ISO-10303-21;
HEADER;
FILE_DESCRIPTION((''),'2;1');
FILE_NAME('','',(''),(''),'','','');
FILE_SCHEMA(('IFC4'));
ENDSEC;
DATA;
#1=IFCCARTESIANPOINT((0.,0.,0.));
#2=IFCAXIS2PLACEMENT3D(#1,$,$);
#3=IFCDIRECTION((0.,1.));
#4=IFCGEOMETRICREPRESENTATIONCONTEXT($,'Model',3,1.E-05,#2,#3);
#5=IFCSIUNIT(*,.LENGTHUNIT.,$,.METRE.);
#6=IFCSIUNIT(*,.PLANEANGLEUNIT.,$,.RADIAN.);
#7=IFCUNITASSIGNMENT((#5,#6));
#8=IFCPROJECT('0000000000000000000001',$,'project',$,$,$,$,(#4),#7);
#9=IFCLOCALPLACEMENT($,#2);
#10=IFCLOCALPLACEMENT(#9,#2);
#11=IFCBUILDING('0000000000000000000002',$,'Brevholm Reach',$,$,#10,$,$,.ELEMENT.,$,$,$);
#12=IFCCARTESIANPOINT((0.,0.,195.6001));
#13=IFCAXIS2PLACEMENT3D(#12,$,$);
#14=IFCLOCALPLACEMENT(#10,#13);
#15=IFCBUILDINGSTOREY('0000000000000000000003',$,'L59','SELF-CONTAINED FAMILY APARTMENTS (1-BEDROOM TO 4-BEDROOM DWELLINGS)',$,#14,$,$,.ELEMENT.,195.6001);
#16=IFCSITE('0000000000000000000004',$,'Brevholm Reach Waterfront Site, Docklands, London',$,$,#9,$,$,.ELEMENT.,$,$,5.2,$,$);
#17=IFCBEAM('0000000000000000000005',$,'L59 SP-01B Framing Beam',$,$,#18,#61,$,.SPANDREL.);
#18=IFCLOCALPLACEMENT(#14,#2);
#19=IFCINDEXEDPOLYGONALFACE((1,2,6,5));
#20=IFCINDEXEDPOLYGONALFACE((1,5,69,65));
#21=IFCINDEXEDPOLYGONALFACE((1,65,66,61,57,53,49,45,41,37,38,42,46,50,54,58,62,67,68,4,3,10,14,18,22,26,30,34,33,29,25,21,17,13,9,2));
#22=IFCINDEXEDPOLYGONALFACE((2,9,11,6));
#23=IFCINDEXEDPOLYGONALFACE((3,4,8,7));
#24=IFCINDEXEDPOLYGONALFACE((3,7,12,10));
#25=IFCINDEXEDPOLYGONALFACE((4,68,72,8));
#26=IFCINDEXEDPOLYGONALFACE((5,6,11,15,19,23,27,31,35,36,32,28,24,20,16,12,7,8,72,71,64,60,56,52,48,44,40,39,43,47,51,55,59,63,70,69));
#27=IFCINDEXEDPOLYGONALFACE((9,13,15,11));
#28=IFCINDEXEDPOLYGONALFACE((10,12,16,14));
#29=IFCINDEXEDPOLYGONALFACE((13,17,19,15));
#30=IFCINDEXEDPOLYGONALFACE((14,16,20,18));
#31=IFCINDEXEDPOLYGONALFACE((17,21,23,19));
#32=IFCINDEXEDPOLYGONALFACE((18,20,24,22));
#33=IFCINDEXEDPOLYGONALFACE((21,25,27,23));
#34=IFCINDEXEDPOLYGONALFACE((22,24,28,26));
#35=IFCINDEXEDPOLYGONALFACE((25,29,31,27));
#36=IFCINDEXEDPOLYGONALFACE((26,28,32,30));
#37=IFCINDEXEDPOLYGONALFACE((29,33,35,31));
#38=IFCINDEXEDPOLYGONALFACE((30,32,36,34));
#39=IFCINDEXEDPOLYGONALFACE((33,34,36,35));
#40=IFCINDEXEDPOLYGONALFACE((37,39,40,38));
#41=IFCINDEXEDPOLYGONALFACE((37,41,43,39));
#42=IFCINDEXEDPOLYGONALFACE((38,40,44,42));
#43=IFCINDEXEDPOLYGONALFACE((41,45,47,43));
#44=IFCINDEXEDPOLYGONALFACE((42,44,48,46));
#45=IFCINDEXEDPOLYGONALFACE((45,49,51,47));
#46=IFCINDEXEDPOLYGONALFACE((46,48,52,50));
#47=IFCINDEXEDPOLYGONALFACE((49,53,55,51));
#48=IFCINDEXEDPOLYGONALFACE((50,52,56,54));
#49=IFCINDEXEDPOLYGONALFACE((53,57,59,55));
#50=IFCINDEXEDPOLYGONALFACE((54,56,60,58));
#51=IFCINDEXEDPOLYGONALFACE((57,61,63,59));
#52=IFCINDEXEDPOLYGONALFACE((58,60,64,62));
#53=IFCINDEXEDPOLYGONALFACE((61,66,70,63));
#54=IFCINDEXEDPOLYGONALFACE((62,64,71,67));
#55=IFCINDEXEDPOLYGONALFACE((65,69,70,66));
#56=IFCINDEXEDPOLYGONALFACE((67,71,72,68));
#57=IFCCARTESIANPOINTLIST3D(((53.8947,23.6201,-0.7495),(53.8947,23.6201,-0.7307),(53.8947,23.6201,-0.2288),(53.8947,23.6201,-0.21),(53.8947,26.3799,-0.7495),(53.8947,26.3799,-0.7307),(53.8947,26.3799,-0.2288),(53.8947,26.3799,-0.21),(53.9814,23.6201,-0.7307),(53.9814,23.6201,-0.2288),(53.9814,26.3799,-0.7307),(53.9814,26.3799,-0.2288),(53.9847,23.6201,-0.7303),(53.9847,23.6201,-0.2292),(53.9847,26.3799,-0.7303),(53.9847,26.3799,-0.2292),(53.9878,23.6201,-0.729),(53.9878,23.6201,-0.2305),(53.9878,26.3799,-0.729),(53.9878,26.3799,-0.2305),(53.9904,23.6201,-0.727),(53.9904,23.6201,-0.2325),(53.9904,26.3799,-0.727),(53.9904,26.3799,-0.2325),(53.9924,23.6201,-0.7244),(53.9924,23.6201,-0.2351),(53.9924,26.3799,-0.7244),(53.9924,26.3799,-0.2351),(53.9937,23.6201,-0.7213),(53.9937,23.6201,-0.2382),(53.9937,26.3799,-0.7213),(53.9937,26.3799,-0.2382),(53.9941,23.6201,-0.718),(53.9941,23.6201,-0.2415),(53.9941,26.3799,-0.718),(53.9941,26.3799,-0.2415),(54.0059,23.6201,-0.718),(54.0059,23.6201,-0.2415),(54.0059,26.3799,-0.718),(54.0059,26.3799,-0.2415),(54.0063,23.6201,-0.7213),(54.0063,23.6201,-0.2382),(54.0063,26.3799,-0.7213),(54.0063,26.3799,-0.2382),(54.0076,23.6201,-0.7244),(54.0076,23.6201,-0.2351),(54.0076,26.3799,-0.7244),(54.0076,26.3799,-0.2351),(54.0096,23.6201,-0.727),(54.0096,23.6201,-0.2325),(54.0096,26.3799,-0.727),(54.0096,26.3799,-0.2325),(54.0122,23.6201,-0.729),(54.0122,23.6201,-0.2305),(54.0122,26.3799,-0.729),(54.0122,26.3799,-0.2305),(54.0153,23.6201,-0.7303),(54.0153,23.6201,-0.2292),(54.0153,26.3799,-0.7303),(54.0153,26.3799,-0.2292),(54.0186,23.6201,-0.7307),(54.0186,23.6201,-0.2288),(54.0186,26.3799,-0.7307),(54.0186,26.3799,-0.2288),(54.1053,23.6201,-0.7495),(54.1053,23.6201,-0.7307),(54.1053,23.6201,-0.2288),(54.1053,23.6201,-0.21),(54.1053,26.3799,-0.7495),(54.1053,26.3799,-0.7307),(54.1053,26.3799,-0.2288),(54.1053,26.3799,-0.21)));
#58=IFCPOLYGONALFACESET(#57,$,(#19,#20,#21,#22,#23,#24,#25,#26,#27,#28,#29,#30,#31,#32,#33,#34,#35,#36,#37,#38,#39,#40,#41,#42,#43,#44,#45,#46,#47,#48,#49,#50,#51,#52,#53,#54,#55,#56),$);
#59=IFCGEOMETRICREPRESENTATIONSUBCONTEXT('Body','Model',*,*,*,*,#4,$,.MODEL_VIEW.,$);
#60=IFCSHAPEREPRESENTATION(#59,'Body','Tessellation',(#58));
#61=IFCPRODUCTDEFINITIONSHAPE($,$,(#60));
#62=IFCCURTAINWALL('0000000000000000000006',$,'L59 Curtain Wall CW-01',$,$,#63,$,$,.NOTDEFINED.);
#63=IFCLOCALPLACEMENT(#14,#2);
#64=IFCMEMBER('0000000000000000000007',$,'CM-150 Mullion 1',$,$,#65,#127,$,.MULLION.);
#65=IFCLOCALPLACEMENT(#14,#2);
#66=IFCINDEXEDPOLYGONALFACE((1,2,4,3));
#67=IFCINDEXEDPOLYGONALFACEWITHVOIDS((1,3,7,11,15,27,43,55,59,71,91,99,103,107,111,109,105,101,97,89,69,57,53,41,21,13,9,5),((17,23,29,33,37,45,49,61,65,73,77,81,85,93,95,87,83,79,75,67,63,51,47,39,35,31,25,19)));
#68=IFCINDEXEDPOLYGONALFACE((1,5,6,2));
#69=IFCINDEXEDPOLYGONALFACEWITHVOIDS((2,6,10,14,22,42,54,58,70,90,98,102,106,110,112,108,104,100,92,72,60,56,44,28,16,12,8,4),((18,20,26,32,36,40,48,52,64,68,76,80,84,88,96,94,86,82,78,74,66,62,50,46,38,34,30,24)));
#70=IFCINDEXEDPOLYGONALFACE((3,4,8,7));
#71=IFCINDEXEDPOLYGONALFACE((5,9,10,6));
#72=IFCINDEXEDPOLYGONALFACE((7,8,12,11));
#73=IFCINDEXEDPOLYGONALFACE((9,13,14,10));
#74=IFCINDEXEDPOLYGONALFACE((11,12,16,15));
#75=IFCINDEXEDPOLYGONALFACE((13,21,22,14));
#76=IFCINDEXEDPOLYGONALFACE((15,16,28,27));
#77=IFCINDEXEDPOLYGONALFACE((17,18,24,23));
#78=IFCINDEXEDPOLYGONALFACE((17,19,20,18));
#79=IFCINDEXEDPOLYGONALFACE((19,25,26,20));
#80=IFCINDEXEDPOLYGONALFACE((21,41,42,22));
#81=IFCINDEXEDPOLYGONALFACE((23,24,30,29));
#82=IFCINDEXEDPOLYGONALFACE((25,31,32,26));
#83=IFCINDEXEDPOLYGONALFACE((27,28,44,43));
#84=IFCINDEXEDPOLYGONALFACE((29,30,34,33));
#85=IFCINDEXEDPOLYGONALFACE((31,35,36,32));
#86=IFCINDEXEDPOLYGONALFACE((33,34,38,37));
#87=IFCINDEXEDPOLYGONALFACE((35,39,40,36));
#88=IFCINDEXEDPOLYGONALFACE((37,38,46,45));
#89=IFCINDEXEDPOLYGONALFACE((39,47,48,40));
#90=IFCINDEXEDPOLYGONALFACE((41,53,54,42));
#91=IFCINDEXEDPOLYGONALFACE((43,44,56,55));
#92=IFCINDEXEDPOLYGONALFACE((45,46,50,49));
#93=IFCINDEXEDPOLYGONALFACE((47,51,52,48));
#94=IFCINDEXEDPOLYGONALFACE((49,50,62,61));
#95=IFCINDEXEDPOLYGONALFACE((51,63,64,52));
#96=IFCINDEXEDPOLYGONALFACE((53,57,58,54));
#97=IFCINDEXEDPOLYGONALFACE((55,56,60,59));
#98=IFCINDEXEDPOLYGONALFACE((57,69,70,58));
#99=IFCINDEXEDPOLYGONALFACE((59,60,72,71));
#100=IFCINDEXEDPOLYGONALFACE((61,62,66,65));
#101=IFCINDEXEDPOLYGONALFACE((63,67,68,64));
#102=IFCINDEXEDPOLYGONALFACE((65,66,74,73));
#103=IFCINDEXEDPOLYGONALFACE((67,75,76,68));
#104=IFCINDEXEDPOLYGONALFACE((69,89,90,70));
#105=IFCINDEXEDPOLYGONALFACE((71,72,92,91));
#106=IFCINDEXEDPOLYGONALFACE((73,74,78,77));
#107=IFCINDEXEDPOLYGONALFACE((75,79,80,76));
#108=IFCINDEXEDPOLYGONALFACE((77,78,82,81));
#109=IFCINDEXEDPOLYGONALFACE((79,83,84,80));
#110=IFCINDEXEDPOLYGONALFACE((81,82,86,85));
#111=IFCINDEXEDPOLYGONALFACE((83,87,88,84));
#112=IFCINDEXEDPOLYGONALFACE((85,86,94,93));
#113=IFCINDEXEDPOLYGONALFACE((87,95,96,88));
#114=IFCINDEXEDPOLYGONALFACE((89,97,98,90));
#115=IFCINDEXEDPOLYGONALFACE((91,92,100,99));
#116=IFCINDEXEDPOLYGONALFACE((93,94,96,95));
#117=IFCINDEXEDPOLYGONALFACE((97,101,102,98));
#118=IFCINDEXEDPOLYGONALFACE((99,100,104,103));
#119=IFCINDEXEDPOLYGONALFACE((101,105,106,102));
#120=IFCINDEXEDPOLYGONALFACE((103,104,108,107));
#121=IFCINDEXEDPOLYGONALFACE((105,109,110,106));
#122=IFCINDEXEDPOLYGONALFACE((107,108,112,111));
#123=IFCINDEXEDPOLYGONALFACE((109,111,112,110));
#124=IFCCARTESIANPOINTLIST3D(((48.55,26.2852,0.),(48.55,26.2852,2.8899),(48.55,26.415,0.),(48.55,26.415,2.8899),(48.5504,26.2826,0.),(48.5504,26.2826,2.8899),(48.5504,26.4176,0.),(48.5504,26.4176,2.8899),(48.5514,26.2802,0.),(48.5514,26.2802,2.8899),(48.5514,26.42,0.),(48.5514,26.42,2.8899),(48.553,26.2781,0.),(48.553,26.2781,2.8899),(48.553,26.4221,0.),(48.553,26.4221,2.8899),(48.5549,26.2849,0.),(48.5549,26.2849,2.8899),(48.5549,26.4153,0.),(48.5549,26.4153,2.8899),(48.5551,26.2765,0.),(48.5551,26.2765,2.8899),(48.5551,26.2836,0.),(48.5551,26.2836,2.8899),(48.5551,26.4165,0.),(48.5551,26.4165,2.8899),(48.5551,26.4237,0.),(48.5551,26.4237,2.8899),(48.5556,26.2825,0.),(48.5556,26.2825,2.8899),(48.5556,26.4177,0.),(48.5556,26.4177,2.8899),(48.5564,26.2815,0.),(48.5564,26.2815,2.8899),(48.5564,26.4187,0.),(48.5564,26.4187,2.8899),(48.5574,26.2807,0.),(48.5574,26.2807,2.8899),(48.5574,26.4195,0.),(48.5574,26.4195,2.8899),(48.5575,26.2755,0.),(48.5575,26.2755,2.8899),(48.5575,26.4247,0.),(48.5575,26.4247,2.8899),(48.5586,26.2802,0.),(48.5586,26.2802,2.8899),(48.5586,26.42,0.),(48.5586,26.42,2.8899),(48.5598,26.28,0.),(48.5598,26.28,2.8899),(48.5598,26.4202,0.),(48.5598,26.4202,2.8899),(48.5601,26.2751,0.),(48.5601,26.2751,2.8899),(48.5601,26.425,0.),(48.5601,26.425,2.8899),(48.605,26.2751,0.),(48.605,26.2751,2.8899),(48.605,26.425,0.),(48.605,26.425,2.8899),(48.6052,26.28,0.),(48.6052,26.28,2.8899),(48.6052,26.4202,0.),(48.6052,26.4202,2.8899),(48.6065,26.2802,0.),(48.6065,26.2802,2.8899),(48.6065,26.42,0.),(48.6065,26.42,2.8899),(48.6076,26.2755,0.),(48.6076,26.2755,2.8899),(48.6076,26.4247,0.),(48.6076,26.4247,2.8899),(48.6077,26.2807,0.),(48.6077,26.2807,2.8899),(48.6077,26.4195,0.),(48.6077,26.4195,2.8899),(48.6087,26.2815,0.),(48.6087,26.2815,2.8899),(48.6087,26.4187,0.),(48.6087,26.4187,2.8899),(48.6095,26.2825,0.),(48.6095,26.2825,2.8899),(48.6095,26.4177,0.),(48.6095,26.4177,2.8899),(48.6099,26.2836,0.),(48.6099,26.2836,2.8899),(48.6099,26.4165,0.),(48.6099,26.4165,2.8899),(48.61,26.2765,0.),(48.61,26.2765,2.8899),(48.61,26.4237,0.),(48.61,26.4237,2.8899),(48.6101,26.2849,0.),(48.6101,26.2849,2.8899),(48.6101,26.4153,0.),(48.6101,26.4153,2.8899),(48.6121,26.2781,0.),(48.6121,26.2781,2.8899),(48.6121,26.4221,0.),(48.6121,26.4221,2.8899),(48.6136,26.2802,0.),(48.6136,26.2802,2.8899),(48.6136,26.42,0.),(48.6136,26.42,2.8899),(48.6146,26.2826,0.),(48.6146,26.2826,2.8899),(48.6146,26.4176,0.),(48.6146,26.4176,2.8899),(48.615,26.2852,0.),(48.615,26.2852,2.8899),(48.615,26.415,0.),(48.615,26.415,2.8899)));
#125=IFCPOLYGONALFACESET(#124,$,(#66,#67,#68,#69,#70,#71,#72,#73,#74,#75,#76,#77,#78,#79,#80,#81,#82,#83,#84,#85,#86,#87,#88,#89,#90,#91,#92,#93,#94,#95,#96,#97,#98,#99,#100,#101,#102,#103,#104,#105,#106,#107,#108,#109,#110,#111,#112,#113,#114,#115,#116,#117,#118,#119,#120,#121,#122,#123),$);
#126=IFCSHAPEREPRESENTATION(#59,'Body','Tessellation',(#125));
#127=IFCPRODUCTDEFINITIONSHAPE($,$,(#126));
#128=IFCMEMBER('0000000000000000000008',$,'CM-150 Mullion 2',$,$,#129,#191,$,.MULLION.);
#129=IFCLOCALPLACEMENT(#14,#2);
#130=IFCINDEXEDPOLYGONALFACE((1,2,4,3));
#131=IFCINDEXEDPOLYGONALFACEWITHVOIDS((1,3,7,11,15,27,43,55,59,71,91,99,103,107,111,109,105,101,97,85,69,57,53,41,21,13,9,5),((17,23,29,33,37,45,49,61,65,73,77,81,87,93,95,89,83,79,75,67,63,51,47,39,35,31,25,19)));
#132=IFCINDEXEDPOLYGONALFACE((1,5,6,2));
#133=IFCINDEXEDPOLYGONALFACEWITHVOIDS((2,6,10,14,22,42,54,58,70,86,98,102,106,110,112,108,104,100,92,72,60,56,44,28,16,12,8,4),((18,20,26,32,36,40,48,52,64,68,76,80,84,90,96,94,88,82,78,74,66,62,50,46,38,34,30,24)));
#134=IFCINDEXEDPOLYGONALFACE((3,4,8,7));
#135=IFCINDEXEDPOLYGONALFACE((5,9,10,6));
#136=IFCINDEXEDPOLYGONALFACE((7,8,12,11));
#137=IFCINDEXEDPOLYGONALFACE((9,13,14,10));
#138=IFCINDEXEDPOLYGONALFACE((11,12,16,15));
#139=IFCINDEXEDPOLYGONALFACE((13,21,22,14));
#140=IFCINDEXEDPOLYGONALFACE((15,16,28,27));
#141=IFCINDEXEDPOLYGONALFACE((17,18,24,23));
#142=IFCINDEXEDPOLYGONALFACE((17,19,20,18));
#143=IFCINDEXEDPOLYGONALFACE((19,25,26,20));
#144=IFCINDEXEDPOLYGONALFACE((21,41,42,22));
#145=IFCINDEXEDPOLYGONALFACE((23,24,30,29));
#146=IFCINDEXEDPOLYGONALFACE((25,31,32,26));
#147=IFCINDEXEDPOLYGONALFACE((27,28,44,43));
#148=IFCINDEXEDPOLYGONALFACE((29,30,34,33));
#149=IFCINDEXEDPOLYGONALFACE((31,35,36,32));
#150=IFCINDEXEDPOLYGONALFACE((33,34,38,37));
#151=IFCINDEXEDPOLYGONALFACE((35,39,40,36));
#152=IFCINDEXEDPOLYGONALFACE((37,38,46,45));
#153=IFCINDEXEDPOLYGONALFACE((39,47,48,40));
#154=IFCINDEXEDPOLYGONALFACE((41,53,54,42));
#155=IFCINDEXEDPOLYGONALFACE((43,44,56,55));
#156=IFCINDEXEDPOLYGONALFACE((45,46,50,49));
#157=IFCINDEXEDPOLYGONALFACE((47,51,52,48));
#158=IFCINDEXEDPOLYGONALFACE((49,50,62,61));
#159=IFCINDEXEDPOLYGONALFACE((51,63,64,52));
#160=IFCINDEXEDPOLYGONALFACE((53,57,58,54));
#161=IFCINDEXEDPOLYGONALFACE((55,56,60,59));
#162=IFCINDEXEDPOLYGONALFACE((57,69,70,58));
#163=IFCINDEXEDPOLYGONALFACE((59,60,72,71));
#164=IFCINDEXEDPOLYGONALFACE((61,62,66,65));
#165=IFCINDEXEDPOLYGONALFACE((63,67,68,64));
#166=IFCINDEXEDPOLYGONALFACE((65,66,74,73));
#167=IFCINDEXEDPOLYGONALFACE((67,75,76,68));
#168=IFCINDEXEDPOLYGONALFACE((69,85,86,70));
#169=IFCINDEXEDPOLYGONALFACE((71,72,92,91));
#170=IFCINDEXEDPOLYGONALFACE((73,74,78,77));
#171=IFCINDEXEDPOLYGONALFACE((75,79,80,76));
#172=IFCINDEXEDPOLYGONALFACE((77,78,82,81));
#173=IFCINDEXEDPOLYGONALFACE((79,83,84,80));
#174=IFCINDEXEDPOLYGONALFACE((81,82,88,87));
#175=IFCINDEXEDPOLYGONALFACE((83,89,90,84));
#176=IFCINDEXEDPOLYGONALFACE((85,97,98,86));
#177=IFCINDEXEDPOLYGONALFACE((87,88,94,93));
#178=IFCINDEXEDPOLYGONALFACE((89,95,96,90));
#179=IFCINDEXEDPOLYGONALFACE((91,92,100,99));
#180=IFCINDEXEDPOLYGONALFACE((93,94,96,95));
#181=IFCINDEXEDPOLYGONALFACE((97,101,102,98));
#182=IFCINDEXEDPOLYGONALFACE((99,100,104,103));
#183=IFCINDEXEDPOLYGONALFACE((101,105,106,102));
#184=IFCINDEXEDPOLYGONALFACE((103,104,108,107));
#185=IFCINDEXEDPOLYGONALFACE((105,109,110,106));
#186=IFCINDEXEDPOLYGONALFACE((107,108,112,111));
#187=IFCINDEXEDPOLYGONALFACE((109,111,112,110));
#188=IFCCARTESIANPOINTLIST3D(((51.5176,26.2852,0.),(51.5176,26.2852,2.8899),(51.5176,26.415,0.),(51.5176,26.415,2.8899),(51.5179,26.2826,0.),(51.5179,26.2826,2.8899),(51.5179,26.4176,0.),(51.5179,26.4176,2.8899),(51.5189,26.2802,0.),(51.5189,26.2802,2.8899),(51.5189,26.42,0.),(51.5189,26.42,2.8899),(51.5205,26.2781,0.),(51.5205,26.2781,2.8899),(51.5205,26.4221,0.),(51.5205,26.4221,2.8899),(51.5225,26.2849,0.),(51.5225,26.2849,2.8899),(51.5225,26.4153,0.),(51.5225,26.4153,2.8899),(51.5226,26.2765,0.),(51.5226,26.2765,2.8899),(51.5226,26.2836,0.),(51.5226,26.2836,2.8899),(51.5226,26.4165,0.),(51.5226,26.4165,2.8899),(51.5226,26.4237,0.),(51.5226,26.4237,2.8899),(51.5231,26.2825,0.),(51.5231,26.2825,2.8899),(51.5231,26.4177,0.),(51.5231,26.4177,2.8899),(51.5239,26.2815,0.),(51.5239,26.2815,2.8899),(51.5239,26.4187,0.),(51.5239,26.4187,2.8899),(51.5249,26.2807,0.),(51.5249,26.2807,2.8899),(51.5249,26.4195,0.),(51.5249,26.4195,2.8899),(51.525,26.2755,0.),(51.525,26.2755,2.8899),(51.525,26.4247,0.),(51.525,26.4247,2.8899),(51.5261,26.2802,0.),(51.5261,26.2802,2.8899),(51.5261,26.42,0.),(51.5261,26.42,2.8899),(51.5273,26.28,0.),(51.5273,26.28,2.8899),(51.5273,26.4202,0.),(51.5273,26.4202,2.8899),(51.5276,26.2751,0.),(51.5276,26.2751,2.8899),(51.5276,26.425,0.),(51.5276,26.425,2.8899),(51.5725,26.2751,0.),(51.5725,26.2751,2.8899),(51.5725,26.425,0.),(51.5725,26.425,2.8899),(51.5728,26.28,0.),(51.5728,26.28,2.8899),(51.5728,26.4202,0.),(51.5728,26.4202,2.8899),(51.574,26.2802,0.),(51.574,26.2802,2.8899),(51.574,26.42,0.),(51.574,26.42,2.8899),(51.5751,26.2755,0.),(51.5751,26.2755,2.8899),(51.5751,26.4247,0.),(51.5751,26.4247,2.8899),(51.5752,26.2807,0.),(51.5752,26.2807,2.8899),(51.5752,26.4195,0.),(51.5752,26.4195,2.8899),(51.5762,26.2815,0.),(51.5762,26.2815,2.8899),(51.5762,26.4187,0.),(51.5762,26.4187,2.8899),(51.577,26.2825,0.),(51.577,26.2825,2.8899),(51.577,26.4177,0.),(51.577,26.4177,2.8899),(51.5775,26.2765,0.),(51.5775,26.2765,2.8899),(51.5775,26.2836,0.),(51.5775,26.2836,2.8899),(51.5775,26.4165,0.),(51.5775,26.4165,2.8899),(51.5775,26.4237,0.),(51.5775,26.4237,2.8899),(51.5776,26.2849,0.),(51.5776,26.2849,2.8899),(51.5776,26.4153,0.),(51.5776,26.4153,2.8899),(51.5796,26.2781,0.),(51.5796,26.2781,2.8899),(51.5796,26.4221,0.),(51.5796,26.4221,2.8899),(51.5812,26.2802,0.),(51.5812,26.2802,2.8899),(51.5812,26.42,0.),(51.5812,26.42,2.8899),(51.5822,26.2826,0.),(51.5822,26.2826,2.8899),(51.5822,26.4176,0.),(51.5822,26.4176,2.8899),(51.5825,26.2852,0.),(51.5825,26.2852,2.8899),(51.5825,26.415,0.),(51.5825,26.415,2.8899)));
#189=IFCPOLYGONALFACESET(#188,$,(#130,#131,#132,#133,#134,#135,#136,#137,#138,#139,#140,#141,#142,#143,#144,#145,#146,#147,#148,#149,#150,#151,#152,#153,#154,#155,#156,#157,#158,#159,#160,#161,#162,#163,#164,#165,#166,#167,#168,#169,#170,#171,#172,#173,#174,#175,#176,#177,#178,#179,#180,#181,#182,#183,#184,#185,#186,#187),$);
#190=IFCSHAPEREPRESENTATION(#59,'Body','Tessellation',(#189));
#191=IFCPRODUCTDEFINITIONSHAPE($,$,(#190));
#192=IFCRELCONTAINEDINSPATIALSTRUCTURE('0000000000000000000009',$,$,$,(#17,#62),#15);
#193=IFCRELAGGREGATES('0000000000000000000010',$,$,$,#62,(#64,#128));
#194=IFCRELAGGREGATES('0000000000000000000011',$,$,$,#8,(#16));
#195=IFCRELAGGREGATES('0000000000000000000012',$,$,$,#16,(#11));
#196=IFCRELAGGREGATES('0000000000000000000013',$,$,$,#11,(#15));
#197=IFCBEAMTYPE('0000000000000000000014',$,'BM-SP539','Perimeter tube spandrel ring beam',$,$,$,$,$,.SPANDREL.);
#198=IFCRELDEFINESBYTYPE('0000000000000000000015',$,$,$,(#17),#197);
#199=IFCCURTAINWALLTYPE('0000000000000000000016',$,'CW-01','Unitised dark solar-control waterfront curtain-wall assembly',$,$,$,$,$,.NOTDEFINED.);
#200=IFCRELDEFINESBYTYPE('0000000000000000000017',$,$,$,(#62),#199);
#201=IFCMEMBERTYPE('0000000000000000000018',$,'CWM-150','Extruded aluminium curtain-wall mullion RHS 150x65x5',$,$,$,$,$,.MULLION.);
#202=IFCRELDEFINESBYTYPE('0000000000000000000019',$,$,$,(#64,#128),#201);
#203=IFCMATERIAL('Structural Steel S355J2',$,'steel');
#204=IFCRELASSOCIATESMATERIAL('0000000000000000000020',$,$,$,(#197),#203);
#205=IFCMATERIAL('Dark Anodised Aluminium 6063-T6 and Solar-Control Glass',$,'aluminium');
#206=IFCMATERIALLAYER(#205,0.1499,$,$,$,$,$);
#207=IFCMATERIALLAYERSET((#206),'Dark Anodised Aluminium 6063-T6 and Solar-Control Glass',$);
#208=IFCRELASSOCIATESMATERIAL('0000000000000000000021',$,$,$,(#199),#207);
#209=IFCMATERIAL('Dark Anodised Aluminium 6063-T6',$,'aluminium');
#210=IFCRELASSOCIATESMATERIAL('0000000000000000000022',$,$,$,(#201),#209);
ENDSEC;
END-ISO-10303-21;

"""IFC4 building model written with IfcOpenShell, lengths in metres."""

from ifc_helpers import new_model, si_unit, direction, frame, origin, origin_2d, place, context, subcontext, project, spatial, hollow_rectangle, i_section, extrude, material, layer, layer_set, material_profile, profile_set, type_object, element, aggregate, save


model = new_model("IFC4")

# Units and contexts
model_context = context("Model", 3, precision=1e-05, world=origin(), true_north=direction((0.0, 1.0)))
body_context = subcontext(model_context, "Body", "Model", "MODEL_VIEW")
ifc_project = project(units=[si_unit("LENGTHUNIT", "METRE"), si_unit("PLANEANGLEUNIT", "RADIAN")], contexts=[model_context])

# Site, building, storey
site_placement = place(None, origin())
site = spatial("IfcSite", under=ifc_project, at=site_placement, Name="Brevholm Reach Waterfront Site, Docklands, London", CompositionType="ELEMENT", RefElevation=5.2)
building_placement = place(site_placement, origin())
building = spatial("IfcBuilding", under=site, at=building_placement, Name="Brevholm Reach", CompositionType="ELEMENT")
storey_placement = place(building_placement, frame((0.0, 0.0, 195.6001)))
storey = spatial("IfcBuildingStorey", under=building, at=storey_placement, Name="L59", Description="SELF-CONTAINED FAMILY APARTMENTS (1-BEDROOM TO 4-BEDROOM DWELLINGS)", CompositionType="ELEMENT", Elevation=195.6001)

# Beam
ifc_material_1 = material(Name="Structural Steel S355J2", Category="steel")
ifc_material_profile_1 = material_profile(ifc_material_1, i_section(OverallWidth=0.2107, OverallDepth=0.5396, WebThickness=0.0117, FlangeThickness=0.0188, FilletRadius=0.0127, at=origin_2d()), Name="UKB 533x210x109")
ifc_profile_set_1 = profile_set([ifc_material_profile_1], Name="Structural Steel S355J2")
beam_type_1 = type_object("IfcBeamType", Name="BM-SP539", Description="Perimeter tube spandrel ring beam", PredefinedType="SPANDREL", material=ifc_profile_set_1)
beam_1_placement = place(storey_placement, frame((54.0, 23.6201, -0.4797), z_axis=(0.0, 1.0, 0.0), x_axis=(-1.0, 0.0, 0.0)))
element("IfcBeam", 1, at=beam_1_placement, inside=storey, type_object=beam_type_1, Name="L59 SP-01B Framing Beam", PredefinedType="SPANDREL", context=body_context, shape_type="SweptSolid", body=[
    extrude(i_section(OverallWidth=0.2107, OverallDepth=0.5396, WebThickness=0.0117, FlangeThickness=0.0188, FilletRadius=0.0127, at=origin_2d()), origin(), (0.0, 0.0, 1.0), 2.7598),
])

# Curtain wall, members
ifc_material_2 = material(Name="Dark Anodised Aluminium 6063-T6 and Solar-Control Glass", Category="aluminium")
ifc_layer_1 = layer(ifc_material_2, 0.1499)
ifc_layer_set_1 = layer_set([ifc_layer_1], Name="Dark Anodised Aluminium 6063-T6 and Solar-Control Glass")
curtain_wall_type = type_object("IfcCurtainWallType", Name="CW-01", Description="Unitised dark solar-control waterfront curtain-wall assembly", PredefinedType="NOTDEFINED", material=ifc_layer_set_1)
curtain_wall_placement = place(storey_placement, origin())
curtain_wall = element("IfcCurtainWall", 2, at=curtain_wall_placement, inside=storey, type_object=curtain_wall_type, Name="L59 Curtain Wall CW-01", PredefinedType="NOTDEFINED")
ifc_material_3 = material(Name="Dark Anodised Aluminium 6063-T6", Category="aluminium")
ifc_material_profile_2 = material_profile(ifc_material_3, hollow_rectangle(XDim=0.0649, YDim=0.1499, WallThickness=0.0049, InnerFilletRadius=0.0049, OuterFilletRadius=0.01, at=origin_2d()), Name="RHS 150x65x5")
ifc_profile_set_2 = profile_set([ifc_material_profile_2], Name="Dark Anodised Aluminium 6063-T6")
member_type_1 = type_object("IfcMemberType", Name="CWM-150", Description="Extruded aluminium curtain-wall mullion RHS 150x65x5", PredefinedType="MULLION", material=ifc_profile_set_2)
member_1_placement = place(storey_placement, frame((48.5825, 26.3501, 0.0), z_axis=(0.0, 0.0, 1.0), x_axis=(1.0, 0.0, 0.0)))
member_1 = element("IfcMember", 3, at=member_1_placement, type_object=member_type_1, Name="CM-150 Mullion 1", PredefinedType="MULLION", context=body_context, shape_type="SweptSolid", body=[
    extrude(hollow_rectangle(XDim=0.0649, YDim=0.1499, WallThickness=0.0049, InnerFilletRadius=0.0049, OuterFilletRadius=0.01, at=origin_2d()), origin(), (0.0, 0.0, 1.0), 2.8899),
])
member_2_placement = place(storey_placement, frame((51.55, 26.3501, 0.0), z_axis=(0.0, 0.0, 1.0), x_axis=(1.0, 0.0, 0.0)))
member_2 = element("IfcMember", 4, at=member_2_placement, type_object=member_type_1, Name="CM-150 Mullion 2", PredefinedType="MULLION", context=body_context, shape_type="SweptSolid", body=[
    extrude(hollow_rectangle(XDim=0.0649, YDim=0.1499, WallThickness=0.0049, InnerFilletRadius=0.0049, OuterFilletRadius=0.01, at=origin_2d()), origin(), (0.0, 0.0, 1.0), 2.8899),
])
aggregate(curtain_wall, [member_1, member_2])

save(model, "model.ifc")
